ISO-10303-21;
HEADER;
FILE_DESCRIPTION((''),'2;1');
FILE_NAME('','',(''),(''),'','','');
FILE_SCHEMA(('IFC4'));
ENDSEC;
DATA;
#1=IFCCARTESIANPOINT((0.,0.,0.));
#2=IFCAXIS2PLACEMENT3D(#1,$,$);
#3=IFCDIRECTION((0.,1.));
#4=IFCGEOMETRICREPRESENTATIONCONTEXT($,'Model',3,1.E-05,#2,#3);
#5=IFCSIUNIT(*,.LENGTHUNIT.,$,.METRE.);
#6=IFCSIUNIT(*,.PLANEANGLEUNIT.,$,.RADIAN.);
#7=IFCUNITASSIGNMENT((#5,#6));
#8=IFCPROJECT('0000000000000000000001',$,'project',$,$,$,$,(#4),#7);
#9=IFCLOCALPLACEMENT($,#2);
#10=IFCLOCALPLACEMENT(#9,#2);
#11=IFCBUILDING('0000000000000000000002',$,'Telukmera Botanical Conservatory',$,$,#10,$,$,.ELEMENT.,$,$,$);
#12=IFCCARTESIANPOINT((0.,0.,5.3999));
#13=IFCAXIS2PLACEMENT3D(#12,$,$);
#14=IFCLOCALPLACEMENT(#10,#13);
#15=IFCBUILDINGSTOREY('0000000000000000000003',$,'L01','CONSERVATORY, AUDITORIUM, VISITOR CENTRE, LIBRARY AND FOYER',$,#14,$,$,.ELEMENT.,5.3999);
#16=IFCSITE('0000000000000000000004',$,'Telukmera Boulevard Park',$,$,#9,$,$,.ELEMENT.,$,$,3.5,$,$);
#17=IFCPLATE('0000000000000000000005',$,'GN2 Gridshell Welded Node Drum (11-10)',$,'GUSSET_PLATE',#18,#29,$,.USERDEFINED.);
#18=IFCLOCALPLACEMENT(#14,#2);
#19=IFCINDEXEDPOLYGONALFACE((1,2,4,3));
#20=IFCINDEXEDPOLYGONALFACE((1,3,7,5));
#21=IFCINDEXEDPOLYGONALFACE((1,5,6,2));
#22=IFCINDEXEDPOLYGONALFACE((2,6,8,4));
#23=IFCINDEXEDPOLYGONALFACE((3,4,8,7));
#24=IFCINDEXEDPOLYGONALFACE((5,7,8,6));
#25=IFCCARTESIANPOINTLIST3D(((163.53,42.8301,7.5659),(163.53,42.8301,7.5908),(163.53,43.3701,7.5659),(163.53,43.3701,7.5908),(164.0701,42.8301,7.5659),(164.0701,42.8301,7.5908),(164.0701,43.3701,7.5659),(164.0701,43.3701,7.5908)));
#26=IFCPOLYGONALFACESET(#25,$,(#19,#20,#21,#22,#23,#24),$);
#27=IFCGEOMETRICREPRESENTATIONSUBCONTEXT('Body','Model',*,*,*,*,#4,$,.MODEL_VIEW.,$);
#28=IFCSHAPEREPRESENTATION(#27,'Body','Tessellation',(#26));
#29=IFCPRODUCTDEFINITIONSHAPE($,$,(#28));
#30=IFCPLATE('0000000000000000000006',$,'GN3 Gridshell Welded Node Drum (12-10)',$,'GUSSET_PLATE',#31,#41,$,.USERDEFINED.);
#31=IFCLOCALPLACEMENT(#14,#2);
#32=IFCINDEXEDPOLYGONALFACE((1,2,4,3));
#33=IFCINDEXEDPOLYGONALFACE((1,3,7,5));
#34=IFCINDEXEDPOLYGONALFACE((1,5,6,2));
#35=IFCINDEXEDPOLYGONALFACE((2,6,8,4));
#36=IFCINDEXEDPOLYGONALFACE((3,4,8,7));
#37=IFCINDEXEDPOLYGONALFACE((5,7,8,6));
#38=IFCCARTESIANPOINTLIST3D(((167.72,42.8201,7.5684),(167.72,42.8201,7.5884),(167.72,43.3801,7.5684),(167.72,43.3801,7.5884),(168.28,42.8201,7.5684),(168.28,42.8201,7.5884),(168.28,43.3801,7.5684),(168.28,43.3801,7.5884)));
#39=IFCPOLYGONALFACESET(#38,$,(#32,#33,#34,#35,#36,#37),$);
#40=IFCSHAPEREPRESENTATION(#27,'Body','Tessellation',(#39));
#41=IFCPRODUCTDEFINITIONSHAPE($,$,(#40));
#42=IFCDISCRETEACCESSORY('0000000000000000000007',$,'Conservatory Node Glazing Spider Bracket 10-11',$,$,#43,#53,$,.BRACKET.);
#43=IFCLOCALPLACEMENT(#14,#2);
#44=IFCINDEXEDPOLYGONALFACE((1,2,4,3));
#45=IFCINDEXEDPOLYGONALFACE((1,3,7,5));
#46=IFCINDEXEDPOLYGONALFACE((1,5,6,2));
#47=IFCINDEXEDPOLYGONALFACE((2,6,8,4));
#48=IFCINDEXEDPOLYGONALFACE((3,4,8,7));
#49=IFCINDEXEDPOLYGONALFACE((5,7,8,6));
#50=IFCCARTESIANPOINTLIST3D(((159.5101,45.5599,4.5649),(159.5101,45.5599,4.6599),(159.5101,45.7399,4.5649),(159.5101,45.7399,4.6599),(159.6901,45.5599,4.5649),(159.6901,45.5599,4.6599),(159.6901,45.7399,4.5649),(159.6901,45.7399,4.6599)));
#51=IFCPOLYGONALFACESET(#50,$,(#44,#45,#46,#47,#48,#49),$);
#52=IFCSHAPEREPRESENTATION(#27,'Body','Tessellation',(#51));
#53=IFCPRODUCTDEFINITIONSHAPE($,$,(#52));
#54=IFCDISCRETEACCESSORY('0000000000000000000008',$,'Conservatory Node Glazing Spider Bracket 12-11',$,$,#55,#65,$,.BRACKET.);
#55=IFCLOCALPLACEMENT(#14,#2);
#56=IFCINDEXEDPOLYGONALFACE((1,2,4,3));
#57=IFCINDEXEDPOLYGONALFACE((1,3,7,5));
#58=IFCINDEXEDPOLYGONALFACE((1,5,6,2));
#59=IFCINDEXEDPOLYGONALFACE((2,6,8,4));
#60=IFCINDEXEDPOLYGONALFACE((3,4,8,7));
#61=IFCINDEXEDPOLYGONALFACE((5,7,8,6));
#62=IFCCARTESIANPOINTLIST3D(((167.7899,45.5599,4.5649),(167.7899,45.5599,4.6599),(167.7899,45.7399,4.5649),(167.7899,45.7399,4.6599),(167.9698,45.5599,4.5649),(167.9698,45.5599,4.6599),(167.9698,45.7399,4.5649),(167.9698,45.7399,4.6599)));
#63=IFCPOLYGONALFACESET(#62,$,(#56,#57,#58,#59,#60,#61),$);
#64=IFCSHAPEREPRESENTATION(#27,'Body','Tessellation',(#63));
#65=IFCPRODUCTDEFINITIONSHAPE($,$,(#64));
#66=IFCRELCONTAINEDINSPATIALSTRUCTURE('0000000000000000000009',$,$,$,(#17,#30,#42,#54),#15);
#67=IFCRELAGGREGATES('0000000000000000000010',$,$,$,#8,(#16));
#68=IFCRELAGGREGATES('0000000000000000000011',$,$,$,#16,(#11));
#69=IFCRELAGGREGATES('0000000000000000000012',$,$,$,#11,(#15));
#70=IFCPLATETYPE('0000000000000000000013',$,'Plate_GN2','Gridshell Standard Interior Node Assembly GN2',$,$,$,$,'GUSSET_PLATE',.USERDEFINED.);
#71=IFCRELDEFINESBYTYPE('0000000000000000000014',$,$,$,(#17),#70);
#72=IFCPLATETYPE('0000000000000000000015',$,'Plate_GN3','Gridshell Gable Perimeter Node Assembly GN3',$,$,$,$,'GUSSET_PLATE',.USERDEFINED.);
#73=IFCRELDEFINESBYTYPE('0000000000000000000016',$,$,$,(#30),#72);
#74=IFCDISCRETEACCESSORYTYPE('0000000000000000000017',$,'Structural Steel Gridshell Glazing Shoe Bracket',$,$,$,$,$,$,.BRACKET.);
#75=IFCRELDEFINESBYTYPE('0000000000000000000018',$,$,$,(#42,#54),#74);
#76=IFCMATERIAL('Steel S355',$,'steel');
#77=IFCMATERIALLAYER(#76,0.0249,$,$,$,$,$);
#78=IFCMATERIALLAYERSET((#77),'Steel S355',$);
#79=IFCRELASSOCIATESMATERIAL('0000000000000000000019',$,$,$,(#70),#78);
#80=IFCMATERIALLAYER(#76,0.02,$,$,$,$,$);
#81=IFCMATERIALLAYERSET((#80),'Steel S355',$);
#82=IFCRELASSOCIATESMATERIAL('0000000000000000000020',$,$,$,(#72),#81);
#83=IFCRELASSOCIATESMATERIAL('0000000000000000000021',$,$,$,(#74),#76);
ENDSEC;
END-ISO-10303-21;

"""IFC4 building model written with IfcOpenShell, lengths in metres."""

from ifc_helpers import new_model, si_unit, direction, frame, origin, origin_2d, place, context, subcontext, project, spatial, rectangle, extrude, material, layer, layer_set, type_object, element, save


model = new_model("IFC4")

# Units and contexts
model_context = context("Model", 3, precision=1e-05, world=origin(), true_north=direction((0.0, 1.0)))
body_context = subcontext(model_context, "Body", "Model", "MODEL_VIEW")
ifc_project = project(units=[si_unit("LENGTHUNIT", "METRE"), si_unit("PLANEANGLEUNIT", "RADIAN")], contexts=[model_context])

# Site, building, storey
site_placement = place(None, origin())
site = spatial("IfcSite", under=ifc_project, at=site_placement, Name="Telukmera Boulevard Park", CompositionType="ELEMENT", RefElevation=3.5)
building_placement = place(site_placement, origin())
building = spatial("IfcBuilding", under=site, at=building_placement, Name="Telukmera Botanical Conservatory", CompositionType="ELEMENT")
storey_placement = place(building_placement, frame((0.0, 0.0, 5.3999)))
storey = spatial("IfcBuildingStorey", under=building, at=storey_placement, Name="L01", Description="CONSERVATORY, AUDITORIUM, VISITOR CENTRE, LIBRARY AND FOYER", CompositionType="ELEMENT", Elevation=5.3999)

# Shared definitions
ifc_material_1 = material(Name="Steel S355", Category="steel")

# Plates
ifc_layer_1 = layer(ifc_material_1, 0.0249)
ifc_layer_set_1 = layer_set([ifc_layer_1], Name="Steel S355")
plate_type_1 = type_object("IfcPlateType", Name="Plate_GN2", Description="Gridshell Standard Interior Node Assembly GN2", ElementType="GUSSET_PLATE", PredefinedType="USERDEFINED", material=ifc_layer_set_1)
for number, where, z_axis, x_axis, name in (
    (1, (163.8, 43.1001, 7.5659), (0.0, 0.0, 1.0), (1.0, 0.0, 0.0), "GN2 Gridshell Welded Node Drum (11-10)"),
):
    element("IfcPlate", number, at=place(storey_placement, frame(where, z_axis=z_axis, x_axis=x_axis)), inside=storey, type_object=plate_type_1, Name=name, ObjectType="GUSSET_PLATE", PredefinedType="USERDEFINED", context=body_context, shape_type="SweptSolid", body=[
        extrude(rectangle(XDim=0.54, YDim=0.54, at=origin_2d()), origin(), (0.0, 0.0, 1.0), 0.0249),
    ])
ifc_layer_2 = layer(ifc_material_1, 0.02)
ifc_layer_set_2 = layer_set([ifc_layer_2], Name="Steel S355")
plate_type_2 = type_object("IfcPlateType", Name="Plate_GN3", Description="Gridshell Gable Perimeter Node Assembly GN3", ElementType="GUSSET_PLATE", PredefinedType="USERDEFINED", material=ifc_layer_set_2)
plate_1_placement = place(storey_placement, frame((168.0, 43.1001, 7.5684), z_axis=(0.0, 0.0, 1.0), x_axis=(1.0, 0.0, 0.0)))
element("IfcPlate", 2, at=plate_1_placement, inside=storey, type_object=plate_type_2, Name="GN3 Gridshell Welded Node Drum (12-10)", ObjectType="GUSSET_PLATE", PredefinedType="USERDEFINED", context=body_context, shape_type="SweptSolid", body=[
    extrude(rectangle(XDim=0.5601, YDim=0.5601, at=origin_2d()), origin(), (0.0, 0.0, 1.0), 0.02),
])

# Discrete accessories
discrete_accessory_type = type_object("IfcDiscreteAccessoryType", Name="Structural Steel Gridshell Glazing Shoe Bracket", PredefinedType="BRACKET", material=ifc_material_1)
for number, where, z_axis, x_axis, name in (
    (3, (159.6001, 45.6499, 4.5649), (0.0, 0.0, 1.0), (1.0, 0.0, 0.0), "Conservatory Node Glazing Spider Bracket 10-11"),
    (4, (167.8799, 45.6499, 4.5649), (0.0, 0.0, 1.0), (1.0, 0.0, 0.0), "Conservatory Node Glazing Spider Bracket 12-11"),
):
    element("IfcDiscreteAccessory", number, at=place(storey_placement, frame(where, z_axis=z_axis, x_axis=x_axis)), inside=storey, type_object=discrete_accessory_type, Name=name, PredefinedType="BRACKET", context=body_context, shape_type="SweptSolid", body=[
        extrude(rectangle(XDim=0.1799, YDim=0.1799, at=origin_2d()), origin(), (0.0, 0.0, 1.0), 0.095),
    ])

save(model, "model.ifc")
